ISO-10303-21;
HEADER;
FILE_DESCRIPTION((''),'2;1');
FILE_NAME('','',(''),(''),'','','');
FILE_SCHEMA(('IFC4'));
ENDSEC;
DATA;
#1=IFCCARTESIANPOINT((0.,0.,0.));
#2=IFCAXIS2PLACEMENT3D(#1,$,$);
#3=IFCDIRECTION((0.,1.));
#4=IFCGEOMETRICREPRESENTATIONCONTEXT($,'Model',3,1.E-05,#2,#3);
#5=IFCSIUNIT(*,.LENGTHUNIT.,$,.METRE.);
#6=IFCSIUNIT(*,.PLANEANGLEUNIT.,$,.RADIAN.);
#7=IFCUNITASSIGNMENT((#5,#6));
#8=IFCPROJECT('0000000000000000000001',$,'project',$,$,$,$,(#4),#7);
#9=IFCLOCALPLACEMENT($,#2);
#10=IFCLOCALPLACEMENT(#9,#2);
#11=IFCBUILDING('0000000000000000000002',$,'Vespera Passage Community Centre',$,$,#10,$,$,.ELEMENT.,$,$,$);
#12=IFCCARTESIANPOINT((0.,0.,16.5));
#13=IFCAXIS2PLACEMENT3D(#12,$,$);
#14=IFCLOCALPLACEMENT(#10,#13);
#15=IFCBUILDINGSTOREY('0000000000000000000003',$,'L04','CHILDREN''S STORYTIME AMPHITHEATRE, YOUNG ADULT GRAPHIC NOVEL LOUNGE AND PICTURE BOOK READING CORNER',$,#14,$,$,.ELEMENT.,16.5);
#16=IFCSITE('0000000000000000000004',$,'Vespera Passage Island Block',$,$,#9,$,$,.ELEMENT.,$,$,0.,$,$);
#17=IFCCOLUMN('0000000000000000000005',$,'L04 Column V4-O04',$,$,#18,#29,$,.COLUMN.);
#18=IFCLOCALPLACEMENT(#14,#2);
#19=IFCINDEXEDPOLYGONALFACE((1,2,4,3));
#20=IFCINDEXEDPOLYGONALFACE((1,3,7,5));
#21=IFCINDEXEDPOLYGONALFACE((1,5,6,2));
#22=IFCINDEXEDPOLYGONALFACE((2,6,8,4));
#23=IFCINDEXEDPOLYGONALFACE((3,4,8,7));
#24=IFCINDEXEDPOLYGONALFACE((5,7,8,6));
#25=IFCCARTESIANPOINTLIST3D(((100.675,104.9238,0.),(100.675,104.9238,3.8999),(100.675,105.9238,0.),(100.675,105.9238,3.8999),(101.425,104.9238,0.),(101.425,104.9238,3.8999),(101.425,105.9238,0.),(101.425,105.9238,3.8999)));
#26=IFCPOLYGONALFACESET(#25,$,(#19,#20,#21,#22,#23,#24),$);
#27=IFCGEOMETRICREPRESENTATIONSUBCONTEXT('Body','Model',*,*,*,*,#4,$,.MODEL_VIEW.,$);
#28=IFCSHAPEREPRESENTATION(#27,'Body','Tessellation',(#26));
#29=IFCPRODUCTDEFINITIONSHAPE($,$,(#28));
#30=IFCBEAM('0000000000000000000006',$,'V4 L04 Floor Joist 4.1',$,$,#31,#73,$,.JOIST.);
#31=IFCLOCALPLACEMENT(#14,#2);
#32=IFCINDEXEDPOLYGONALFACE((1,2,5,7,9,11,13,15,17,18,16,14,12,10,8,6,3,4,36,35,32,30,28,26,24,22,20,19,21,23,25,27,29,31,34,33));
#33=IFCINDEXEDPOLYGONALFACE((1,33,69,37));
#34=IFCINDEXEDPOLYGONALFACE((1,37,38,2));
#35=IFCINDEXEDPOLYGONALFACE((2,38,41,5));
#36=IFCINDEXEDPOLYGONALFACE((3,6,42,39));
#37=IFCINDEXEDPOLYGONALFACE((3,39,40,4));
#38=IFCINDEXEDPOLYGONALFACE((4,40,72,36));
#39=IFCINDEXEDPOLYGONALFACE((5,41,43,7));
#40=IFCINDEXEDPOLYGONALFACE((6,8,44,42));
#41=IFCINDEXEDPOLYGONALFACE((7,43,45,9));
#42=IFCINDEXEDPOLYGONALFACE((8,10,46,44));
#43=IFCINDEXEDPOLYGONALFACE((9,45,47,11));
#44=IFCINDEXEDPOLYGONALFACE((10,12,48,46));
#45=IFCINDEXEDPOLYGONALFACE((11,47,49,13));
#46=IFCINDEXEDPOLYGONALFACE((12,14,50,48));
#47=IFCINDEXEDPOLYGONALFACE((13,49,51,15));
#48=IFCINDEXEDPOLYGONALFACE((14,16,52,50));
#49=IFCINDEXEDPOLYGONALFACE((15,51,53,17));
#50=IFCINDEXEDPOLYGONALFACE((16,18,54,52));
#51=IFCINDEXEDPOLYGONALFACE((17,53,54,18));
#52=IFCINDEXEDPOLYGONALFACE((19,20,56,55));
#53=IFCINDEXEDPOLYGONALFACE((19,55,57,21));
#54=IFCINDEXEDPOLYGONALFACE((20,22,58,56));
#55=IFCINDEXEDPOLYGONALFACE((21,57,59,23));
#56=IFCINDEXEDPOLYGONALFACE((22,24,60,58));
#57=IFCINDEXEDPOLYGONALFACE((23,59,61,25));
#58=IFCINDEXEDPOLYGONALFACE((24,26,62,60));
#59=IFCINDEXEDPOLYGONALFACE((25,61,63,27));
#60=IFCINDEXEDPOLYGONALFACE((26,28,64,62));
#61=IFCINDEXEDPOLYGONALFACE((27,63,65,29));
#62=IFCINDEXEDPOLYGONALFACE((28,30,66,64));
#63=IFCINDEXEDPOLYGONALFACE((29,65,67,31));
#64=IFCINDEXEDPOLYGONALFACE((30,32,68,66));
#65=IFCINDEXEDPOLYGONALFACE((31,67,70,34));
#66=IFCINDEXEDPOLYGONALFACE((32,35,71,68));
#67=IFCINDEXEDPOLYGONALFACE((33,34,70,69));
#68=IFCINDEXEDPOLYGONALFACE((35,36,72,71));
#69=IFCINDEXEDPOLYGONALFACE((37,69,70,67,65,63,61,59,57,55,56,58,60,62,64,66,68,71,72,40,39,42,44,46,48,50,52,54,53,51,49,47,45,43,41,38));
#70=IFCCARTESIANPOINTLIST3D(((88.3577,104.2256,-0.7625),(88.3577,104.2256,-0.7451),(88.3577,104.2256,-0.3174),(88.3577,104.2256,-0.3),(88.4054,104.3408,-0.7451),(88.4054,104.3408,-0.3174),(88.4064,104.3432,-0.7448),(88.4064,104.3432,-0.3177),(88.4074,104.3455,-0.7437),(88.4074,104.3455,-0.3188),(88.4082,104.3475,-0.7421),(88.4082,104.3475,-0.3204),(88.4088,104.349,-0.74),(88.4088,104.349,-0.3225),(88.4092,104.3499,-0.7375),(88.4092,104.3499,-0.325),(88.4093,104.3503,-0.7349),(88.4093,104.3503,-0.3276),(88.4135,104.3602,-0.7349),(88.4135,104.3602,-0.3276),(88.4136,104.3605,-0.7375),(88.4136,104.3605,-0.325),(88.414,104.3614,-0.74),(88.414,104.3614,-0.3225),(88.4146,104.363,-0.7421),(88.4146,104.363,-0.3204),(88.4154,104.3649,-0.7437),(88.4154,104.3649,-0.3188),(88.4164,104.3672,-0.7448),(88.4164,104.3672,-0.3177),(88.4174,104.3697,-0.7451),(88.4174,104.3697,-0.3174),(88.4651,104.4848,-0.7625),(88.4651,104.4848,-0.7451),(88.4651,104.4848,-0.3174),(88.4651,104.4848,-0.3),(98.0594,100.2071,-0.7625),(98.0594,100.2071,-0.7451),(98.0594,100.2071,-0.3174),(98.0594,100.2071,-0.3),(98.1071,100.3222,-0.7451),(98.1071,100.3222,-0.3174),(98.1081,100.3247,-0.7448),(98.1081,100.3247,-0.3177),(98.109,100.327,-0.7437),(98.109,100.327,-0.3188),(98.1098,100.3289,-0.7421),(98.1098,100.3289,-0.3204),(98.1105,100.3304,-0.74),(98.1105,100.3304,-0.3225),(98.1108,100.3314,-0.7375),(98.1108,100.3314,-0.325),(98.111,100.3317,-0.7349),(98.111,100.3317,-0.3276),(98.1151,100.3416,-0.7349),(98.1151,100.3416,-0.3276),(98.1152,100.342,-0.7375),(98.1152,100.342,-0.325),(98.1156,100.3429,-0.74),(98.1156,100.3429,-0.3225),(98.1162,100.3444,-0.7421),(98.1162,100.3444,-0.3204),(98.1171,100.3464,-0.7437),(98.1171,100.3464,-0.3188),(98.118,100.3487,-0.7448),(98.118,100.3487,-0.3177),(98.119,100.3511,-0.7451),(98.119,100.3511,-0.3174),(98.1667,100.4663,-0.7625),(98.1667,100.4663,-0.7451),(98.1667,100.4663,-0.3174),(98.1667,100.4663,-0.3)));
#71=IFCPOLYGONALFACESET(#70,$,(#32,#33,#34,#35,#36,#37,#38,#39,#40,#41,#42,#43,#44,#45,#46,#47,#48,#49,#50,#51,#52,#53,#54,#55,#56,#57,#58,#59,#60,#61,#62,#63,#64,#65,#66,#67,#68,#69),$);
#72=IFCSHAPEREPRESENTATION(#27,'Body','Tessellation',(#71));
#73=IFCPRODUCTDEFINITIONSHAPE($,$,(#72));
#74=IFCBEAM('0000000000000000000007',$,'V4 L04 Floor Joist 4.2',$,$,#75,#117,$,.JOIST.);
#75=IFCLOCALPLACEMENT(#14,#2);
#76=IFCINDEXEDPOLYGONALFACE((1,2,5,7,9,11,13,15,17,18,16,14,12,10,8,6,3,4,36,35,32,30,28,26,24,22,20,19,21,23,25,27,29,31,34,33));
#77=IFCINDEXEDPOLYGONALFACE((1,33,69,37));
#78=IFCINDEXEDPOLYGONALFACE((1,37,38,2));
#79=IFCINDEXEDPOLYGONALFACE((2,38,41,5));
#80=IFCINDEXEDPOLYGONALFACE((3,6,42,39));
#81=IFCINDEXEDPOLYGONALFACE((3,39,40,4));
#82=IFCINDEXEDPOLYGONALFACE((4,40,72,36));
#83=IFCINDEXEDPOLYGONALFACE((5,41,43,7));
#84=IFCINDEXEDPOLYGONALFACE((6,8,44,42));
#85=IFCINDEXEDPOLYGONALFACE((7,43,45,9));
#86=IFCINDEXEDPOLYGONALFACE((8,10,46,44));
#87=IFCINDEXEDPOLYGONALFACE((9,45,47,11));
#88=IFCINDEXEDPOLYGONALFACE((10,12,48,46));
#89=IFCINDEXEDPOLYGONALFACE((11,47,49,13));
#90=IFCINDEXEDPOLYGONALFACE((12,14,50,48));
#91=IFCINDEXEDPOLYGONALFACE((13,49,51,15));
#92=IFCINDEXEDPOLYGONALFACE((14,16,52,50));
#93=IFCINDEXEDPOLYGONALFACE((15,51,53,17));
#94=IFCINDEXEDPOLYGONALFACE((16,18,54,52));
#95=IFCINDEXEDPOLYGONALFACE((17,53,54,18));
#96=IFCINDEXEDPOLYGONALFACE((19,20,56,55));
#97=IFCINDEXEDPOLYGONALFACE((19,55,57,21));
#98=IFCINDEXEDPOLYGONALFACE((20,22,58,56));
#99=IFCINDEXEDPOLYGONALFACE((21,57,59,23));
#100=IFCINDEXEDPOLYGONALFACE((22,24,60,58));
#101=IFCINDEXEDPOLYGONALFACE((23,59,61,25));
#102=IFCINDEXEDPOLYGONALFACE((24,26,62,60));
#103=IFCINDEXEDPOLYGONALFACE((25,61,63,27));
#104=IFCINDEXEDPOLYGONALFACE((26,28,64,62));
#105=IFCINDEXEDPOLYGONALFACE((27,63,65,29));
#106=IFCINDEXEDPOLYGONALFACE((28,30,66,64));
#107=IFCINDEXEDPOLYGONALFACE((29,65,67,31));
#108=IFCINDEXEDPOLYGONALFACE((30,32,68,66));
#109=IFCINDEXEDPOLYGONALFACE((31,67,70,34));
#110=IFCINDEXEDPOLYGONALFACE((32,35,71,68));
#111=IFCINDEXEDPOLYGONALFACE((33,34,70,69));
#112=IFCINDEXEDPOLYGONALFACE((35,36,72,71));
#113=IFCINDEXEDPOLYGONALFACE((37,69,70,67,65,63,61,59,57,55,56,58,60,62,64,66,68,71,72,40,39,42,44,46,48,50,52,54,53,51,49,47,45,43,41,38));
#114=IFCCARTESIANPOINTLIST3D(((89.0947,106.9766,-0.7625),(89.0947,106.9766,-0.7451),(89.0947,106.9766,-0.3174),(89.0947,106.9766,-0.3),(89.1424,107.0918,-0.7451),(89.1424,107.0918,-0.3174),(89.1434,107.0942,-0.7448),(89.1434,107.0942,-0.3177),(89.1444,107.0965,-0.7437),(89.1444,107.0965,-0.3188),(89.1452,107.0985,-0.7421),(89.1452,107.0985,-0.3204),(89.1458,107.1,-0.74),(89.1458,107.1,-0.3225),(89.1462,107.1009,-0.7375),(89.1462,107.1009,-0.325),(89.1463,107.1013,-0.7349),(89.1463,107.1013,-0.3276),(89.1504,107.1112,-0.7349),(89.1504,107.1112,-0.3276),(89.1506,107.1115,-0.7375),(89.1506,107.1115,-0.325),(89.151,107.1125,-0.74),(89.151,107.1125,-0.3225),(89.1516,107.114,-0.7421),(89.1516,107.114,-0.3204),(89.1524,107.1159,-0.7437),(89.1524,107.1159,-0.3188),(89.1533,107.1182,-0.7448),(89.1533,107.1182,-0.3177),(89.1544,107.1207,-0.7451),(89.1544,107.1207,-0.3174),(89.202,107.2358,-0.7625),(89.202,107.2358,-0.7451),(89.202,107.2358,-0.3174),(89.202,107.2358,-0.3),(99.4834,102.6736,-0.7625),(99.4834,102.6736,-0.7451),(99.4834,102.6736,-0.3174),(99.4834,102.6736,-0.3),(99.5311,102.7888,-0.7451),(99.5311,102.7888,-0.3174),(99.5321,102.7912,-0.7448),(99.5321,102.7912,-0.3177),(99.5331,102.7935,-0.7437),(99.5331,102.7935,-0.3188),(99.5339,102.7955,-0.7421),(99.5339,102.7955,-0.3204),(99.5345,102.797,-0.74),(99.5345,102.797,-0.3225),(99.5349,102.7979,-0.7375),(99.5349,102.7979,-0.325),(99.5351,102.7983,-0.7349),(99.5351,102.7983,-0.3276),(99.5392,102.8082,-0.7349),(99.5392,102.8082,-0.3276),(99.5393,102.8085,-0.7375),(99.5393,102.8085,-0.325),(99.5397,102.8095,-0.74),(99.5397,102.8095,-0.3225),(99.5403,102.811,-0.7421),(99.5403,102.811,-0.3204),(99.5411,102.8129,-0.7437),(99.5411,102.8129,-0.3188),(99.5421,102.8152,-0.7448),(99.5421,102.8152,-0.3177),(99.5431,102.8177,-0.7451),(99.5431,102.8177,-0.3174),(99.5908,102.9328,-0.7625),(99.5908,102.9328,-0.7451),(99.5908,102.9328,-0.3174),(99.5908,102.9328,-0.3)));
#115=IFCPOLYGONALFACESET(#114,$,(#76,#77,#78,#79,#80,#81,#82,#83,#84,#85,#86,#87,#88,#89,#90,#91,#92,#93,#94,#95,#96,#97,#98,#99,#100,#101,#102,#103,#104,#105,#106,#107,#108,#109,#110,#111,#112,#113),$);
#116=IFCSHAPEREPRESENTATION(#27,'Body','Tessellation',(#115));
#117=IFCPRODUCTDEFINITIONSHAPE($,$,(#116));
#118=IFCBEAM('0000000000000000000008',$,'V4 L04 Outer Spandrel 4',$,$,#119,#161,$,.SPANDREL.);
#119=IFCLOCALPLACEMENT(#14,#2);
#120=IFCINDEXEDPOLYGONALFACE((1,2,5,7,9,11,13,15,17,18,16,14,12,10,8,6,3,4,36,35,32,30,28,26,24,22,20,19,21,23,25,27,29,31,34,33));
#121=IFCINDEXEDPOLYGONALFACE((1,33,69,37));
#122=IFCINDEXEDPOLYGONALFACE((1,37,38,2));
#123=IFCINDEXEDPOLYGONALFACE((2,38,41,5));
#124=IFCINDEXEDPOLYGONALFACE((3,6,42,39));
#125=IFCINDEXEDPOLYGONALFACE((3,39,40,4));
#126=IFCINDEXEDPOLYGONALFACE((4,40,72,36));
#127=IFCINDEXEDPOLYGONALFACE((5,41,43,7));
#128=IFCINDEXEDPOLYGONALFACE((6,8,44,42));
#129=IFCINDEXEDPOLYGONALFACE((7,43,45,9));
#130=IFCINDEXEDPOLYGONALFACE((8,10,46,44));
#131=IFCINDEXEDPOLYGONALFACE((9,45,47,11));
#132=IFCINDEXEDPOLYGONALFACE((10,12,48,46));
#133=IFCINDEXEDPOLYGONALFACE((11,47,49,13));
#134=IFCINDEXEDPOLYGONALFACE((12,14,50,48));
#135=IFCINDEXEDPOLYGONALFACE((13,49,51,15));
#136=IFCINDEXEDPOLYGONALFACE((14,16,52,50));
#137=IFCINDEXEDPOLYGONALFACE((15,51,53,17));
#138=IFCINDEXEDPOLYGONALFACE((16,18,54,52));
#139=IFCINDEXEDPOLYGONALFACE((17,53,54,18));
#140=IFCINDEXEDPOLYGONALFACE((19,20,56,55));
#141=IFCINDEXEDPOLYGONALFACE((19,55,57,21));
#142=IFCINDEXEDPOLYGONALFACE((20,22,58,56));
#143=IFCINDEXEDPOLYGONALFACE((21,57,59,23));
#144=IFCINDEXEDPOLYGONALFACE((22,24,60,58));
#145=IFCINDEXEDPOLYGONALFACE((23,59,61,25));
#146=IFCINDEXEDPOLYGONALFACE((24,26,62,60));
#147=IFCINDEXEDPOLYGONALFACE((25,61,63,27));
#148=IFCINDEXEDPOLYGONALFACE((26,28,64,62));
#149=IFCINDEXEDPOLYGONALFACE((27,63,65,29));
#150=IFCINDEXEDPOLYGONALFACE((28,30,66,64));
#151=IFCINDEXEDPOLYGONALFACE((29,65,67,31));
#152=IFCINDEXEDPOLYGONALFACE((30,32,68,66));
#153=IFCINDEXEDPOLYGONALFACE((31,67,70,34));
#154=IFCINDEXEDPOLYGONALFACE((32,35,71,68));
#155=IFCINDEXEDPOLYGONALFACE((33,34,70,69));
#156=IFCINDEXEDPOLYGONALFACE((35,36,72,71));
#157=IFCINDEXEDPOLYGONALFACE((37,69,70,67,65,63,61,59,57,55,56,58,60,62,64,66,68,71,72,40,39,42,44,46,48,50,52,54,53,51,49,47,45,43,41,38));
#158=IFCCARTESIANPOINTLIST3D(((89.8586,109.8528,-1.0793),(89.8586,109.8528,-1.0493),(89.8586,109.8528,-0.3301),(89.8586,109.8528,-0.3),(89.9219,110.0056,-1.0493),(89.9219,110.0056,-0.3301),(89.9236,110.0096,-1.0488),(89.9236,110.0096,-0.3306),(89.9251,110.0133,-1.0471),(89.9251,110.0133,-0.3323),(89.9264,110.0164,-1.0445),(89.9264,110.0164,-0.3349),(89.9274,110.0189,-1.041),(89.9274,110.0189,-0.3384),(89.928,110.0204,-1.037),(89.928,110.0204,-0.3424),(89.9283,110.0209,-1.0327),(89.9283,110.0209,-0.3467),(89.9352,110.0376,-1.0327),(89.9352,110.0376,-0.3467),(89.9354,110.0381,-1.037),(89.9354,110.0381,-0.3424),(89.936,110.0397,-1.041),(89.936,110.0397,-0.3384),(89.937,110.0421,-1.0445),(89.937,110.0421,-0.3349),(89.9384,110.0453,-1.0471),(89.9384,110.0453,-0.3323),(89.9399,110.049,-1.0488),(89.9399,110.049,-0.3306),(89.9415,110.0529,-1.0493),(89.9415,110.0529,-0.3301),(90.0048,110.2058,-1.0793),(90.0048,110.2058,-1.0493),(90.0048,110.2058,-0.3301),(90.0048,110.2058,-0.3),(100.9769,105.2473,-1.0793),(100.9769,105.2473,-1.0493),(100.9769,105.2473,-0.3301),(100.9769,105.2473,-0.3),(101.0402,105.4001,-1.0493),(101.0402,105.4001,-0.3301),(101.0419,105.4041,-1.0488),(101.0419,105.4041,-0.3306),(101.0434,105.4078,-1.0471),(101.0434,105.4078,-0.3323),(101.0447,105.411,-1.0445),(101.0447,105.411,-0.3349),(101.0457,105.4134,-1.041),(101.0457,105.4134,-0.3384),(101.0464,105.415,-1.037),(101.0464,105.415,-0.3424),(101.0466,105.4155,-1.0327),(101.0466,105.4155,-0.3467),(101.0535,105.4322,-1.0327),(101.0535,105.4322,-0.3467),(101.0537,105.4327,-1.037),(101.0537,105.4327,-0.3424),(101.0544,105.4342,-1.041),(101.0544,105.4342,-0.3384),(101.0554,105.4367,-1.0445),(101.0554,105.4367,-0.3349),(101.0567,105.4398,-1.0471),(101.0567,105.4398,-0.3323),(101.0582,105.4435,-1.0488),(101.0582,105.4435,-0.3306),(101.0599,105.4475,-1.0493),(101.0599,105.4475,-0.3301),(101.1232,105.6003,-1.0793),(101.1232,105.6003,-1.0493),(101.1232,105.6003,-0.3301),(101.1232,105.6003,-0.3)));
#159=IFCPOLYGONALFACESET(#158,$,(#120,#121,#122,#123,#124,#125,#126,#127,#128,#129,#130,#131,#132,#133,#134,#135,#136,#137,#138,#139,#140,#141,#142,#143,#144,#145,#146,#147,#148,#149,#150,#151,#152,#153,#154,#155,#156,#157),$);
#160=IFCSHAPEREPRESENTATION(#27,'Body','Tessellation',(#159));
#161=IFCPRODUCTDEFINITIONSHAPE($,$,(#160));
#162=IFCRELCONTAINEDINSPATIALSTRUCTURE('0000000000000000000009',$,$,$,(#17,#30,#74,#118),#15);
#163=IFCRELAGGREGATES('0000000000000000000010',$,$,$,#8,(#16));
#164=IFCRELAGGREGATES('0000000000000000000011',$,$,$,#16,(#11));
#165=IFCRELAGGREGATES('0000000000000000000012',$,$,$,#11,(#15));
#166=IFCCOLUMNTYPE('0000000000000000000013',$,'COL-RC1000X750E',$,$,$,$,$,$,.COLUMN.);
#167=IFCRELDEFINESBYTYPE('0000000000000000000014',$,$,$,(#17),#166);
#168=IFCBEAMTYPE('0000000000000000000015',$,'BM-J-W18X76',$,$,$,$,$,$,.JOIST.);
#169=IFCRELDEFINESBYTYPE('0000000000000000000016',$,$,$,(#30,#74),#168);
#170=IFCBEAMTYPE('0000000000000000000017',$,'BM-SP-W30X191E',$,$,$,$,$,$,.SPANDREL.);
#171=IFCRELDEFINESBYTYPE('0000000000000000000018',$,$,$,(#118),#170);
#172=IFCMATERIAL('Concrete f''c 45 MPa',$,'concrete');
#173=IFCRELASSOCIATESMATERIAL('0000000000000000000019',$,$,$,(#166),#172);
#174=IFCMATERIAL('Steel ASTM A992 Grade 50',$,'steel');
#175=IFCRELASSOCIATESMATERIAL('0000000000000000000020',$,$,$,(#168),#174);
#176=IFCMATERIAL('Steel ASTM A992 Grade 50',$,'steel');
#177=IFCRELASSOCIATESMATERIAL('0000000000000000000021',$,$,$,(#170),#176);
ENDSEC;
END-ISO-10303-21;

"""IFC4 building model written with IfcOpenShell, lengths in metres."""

from ifc_helpers import new_model, si_unit, direction, frame, origin, origin_2d, place, context, subcontext, project, spatial, rectangle, i_section, extrude, material, material_profile, profile_set, type_object, element, save


model = new_model("IFC4")

# Units and contexts
model_context = context("Model", 3, precision=1e-05, world=origin(), true_north=direction((0.0, 1.0)))
body_context = subcontext(model_context, "Body", "Model", "MODEL_VIEW")
ifc_project = project(units=[si_unit("LENGTHUNIT", "METRE"), si_unit("PLANEANGLEUNIT", "RADIAN")], contexts=[model_context])

# Site, building, storey
site_placement = place(None, origin())
site = spatial("IfcSite", under=ifc_project, at=site_placement, Name="Vespera Passage Island Block", CompositionType="ELEMENT", RefElevation=0.0)
building_placement = place(site_placement, origin())
building = spatial("IfcBuilding", under=site, at=building_placement, Name="Vespera Passage Community Centre", CompositionType="ELEMENT")
storey_placement = place(building_placement, frame((0.0, 0.0, 16.5)))
storey = spatial("IfcBuildingStorey", under=building, at=storey_placement, Name="L04", Description="CHILDREN'S STORYTIME AMPHITHEATRE, YOUNG ADULT GRAPHIC NOVEL LOUNGE AND PICTURE BOOK READING CORNER", CompositionType="ELEMENT", Elevation=16.5)

# Column
ifc_material_1 = material(Name="Concrete f'c 45 MPa", Category="concrete")
ifc_material_profile_1 = material_profile(ifc_material_1, rectangle(XDim=0.75, YDim=1.0, at=origin_2d()), Name="RC1000X750")
ifc_profile_set_1 = profile_set([ifc_material_profile_1], Name="Concrete f'c 45 MPa")
column_type = type_object("IfcColumnType", Name="COL-RC1000X750E", PredefinedType="COLUMN", material=ifc_profile_set_1)
column_placement = place(storey_placement, frame((101.05, 105.4238, 0.0), z_axis=(0.0, 0.0, 1.0), x_axis=(1.0, 0.0, 0.0)))
element("IfcColumn", 1, at=column_placement, inside=storey, type_object=column_type, Name="L04 Column V4-O04", PredefinedType="COLUMN", context=body_context, shape_type="SweptSolid", body=[
    extrude(rectangle(XDim=0.75, YDim=1.0, at=origin_2d()), origin(), (0.0, 0.0, 1.0), 3.8999),
])

# Beams
ifc_material_2 = material(Name="Steel ASTM A992 Grade 50", Category="steel")
ifc_material_profile_2 = material_profile(ifc_material_2, i_section(OverallWidth=0.2805, OverallDepth=0.4624, WebThickness=0.0107, FlangeThickness=0.0173, FilletRadius=0.0103, at=origin_2d()), Name="W18X76")
ifc_profile_set_2 = profile_set([ifc_material_profile_2], Name="Steel ASTM A992 Grade 50")
beam_type_1 = type_object("IfcBeamType", Name="BM-J-W18X76", PredefinedType="JOIST", material=ifc_profile_set_2)
beam_1_placement = place(storey_placement, frame((98.113, 100.3367, -0.5312), z_axis=(-0.92388, 0.382683, 0.0), x_axis=(-0.382683, -0.92388, 0.0)))
element("IfcBeam", 2, at=beam_1_placement, inside=storey, type_object=beam_type_1, Name="V4 L04 Floor Joist 4.1", PredefinedType="JOIST", context=body_context, shape_type="SweptSolid", body=[
    extrude(i_section(OverallWidth=0.2805, OverallDepth=0.4624, WebThickness=0.0107, FlangeThickness=0.0173, FilletRadius=0.0103, at=origin_2d()), origin(), (0.0, 0.0, 1.0), 10.501),
])
beam_2_placement = place(storey_placement, frame((99.5371, 102.8032, -0.5312), z_axis=(-0.923884, 0.382672, 0.0), x_axis=(-0.382672, -0.923884, 0.0)))
element("IfcBeam", 3, at=beam_2_placement, inside=storey, type_object=beam_type_1, Name="V4 L04 Floor Joist 4.2", PredefinedType="JOIST", context=body_context, shape_type="SweptSolid", body=[
    extrude(i_section(OverallWidth=0.2805, OverallDepth=0.4624, WebThickness=0.0107, FlangeThickness=0.0173, FilletRadius=0.0103, at=origin_2d()), origin(), (0.0, 0.0, 1.0), 11.2446),
])
ifc_material_3 = material(Name="Steel ASTM A992 Grade 50", Category="steel")
ifc_material_profile_3 = material_profile(ifc_material_3, i_section(OverallWidth=0.3821, OverallDepth=0.7793, WebThickness=0.0181, FlangeThickness=0.03, FilletRadius=0.0166, at=origin_2d()), Name="W30X191")
ifc_profile_set_3 = profile_set([ifc_material_profile_3], Name="Steel ASTM A992 Grade 50")
beam_type_2 = type_object("IfcBeamType", Name="BM-SP-W30X191E", PredefinedType="SPANDREL", material=ifc_profile_set_3)
beam_3_placement = place(storey_placement, frame((101.05, 105.4238, -0.6897), z_axis=(-0.923877, 0.382689, 0.0), x_axis=(-0.382689, -0.923877, 0.0)))
element("IfcBeam", 4, at=beam_3_placement, inside=storey, type_object=beam_type_2, Name="V4 L04 Outer Spandrel 4", PredefinedType="SPANDREL", context=body_context, shape_type="SweptSolid", body=[
    extrude(i_section(OverallWidth=0.3821, OverallDepth=0.7793, WebThickness=0.0181, FlangeThickness=0.03, FilletRadius=0.0166, at=origin_2d()), origin(), (0.0, 0.0, 1.0), 12.0344),
])

save(model, "model.ifc")
